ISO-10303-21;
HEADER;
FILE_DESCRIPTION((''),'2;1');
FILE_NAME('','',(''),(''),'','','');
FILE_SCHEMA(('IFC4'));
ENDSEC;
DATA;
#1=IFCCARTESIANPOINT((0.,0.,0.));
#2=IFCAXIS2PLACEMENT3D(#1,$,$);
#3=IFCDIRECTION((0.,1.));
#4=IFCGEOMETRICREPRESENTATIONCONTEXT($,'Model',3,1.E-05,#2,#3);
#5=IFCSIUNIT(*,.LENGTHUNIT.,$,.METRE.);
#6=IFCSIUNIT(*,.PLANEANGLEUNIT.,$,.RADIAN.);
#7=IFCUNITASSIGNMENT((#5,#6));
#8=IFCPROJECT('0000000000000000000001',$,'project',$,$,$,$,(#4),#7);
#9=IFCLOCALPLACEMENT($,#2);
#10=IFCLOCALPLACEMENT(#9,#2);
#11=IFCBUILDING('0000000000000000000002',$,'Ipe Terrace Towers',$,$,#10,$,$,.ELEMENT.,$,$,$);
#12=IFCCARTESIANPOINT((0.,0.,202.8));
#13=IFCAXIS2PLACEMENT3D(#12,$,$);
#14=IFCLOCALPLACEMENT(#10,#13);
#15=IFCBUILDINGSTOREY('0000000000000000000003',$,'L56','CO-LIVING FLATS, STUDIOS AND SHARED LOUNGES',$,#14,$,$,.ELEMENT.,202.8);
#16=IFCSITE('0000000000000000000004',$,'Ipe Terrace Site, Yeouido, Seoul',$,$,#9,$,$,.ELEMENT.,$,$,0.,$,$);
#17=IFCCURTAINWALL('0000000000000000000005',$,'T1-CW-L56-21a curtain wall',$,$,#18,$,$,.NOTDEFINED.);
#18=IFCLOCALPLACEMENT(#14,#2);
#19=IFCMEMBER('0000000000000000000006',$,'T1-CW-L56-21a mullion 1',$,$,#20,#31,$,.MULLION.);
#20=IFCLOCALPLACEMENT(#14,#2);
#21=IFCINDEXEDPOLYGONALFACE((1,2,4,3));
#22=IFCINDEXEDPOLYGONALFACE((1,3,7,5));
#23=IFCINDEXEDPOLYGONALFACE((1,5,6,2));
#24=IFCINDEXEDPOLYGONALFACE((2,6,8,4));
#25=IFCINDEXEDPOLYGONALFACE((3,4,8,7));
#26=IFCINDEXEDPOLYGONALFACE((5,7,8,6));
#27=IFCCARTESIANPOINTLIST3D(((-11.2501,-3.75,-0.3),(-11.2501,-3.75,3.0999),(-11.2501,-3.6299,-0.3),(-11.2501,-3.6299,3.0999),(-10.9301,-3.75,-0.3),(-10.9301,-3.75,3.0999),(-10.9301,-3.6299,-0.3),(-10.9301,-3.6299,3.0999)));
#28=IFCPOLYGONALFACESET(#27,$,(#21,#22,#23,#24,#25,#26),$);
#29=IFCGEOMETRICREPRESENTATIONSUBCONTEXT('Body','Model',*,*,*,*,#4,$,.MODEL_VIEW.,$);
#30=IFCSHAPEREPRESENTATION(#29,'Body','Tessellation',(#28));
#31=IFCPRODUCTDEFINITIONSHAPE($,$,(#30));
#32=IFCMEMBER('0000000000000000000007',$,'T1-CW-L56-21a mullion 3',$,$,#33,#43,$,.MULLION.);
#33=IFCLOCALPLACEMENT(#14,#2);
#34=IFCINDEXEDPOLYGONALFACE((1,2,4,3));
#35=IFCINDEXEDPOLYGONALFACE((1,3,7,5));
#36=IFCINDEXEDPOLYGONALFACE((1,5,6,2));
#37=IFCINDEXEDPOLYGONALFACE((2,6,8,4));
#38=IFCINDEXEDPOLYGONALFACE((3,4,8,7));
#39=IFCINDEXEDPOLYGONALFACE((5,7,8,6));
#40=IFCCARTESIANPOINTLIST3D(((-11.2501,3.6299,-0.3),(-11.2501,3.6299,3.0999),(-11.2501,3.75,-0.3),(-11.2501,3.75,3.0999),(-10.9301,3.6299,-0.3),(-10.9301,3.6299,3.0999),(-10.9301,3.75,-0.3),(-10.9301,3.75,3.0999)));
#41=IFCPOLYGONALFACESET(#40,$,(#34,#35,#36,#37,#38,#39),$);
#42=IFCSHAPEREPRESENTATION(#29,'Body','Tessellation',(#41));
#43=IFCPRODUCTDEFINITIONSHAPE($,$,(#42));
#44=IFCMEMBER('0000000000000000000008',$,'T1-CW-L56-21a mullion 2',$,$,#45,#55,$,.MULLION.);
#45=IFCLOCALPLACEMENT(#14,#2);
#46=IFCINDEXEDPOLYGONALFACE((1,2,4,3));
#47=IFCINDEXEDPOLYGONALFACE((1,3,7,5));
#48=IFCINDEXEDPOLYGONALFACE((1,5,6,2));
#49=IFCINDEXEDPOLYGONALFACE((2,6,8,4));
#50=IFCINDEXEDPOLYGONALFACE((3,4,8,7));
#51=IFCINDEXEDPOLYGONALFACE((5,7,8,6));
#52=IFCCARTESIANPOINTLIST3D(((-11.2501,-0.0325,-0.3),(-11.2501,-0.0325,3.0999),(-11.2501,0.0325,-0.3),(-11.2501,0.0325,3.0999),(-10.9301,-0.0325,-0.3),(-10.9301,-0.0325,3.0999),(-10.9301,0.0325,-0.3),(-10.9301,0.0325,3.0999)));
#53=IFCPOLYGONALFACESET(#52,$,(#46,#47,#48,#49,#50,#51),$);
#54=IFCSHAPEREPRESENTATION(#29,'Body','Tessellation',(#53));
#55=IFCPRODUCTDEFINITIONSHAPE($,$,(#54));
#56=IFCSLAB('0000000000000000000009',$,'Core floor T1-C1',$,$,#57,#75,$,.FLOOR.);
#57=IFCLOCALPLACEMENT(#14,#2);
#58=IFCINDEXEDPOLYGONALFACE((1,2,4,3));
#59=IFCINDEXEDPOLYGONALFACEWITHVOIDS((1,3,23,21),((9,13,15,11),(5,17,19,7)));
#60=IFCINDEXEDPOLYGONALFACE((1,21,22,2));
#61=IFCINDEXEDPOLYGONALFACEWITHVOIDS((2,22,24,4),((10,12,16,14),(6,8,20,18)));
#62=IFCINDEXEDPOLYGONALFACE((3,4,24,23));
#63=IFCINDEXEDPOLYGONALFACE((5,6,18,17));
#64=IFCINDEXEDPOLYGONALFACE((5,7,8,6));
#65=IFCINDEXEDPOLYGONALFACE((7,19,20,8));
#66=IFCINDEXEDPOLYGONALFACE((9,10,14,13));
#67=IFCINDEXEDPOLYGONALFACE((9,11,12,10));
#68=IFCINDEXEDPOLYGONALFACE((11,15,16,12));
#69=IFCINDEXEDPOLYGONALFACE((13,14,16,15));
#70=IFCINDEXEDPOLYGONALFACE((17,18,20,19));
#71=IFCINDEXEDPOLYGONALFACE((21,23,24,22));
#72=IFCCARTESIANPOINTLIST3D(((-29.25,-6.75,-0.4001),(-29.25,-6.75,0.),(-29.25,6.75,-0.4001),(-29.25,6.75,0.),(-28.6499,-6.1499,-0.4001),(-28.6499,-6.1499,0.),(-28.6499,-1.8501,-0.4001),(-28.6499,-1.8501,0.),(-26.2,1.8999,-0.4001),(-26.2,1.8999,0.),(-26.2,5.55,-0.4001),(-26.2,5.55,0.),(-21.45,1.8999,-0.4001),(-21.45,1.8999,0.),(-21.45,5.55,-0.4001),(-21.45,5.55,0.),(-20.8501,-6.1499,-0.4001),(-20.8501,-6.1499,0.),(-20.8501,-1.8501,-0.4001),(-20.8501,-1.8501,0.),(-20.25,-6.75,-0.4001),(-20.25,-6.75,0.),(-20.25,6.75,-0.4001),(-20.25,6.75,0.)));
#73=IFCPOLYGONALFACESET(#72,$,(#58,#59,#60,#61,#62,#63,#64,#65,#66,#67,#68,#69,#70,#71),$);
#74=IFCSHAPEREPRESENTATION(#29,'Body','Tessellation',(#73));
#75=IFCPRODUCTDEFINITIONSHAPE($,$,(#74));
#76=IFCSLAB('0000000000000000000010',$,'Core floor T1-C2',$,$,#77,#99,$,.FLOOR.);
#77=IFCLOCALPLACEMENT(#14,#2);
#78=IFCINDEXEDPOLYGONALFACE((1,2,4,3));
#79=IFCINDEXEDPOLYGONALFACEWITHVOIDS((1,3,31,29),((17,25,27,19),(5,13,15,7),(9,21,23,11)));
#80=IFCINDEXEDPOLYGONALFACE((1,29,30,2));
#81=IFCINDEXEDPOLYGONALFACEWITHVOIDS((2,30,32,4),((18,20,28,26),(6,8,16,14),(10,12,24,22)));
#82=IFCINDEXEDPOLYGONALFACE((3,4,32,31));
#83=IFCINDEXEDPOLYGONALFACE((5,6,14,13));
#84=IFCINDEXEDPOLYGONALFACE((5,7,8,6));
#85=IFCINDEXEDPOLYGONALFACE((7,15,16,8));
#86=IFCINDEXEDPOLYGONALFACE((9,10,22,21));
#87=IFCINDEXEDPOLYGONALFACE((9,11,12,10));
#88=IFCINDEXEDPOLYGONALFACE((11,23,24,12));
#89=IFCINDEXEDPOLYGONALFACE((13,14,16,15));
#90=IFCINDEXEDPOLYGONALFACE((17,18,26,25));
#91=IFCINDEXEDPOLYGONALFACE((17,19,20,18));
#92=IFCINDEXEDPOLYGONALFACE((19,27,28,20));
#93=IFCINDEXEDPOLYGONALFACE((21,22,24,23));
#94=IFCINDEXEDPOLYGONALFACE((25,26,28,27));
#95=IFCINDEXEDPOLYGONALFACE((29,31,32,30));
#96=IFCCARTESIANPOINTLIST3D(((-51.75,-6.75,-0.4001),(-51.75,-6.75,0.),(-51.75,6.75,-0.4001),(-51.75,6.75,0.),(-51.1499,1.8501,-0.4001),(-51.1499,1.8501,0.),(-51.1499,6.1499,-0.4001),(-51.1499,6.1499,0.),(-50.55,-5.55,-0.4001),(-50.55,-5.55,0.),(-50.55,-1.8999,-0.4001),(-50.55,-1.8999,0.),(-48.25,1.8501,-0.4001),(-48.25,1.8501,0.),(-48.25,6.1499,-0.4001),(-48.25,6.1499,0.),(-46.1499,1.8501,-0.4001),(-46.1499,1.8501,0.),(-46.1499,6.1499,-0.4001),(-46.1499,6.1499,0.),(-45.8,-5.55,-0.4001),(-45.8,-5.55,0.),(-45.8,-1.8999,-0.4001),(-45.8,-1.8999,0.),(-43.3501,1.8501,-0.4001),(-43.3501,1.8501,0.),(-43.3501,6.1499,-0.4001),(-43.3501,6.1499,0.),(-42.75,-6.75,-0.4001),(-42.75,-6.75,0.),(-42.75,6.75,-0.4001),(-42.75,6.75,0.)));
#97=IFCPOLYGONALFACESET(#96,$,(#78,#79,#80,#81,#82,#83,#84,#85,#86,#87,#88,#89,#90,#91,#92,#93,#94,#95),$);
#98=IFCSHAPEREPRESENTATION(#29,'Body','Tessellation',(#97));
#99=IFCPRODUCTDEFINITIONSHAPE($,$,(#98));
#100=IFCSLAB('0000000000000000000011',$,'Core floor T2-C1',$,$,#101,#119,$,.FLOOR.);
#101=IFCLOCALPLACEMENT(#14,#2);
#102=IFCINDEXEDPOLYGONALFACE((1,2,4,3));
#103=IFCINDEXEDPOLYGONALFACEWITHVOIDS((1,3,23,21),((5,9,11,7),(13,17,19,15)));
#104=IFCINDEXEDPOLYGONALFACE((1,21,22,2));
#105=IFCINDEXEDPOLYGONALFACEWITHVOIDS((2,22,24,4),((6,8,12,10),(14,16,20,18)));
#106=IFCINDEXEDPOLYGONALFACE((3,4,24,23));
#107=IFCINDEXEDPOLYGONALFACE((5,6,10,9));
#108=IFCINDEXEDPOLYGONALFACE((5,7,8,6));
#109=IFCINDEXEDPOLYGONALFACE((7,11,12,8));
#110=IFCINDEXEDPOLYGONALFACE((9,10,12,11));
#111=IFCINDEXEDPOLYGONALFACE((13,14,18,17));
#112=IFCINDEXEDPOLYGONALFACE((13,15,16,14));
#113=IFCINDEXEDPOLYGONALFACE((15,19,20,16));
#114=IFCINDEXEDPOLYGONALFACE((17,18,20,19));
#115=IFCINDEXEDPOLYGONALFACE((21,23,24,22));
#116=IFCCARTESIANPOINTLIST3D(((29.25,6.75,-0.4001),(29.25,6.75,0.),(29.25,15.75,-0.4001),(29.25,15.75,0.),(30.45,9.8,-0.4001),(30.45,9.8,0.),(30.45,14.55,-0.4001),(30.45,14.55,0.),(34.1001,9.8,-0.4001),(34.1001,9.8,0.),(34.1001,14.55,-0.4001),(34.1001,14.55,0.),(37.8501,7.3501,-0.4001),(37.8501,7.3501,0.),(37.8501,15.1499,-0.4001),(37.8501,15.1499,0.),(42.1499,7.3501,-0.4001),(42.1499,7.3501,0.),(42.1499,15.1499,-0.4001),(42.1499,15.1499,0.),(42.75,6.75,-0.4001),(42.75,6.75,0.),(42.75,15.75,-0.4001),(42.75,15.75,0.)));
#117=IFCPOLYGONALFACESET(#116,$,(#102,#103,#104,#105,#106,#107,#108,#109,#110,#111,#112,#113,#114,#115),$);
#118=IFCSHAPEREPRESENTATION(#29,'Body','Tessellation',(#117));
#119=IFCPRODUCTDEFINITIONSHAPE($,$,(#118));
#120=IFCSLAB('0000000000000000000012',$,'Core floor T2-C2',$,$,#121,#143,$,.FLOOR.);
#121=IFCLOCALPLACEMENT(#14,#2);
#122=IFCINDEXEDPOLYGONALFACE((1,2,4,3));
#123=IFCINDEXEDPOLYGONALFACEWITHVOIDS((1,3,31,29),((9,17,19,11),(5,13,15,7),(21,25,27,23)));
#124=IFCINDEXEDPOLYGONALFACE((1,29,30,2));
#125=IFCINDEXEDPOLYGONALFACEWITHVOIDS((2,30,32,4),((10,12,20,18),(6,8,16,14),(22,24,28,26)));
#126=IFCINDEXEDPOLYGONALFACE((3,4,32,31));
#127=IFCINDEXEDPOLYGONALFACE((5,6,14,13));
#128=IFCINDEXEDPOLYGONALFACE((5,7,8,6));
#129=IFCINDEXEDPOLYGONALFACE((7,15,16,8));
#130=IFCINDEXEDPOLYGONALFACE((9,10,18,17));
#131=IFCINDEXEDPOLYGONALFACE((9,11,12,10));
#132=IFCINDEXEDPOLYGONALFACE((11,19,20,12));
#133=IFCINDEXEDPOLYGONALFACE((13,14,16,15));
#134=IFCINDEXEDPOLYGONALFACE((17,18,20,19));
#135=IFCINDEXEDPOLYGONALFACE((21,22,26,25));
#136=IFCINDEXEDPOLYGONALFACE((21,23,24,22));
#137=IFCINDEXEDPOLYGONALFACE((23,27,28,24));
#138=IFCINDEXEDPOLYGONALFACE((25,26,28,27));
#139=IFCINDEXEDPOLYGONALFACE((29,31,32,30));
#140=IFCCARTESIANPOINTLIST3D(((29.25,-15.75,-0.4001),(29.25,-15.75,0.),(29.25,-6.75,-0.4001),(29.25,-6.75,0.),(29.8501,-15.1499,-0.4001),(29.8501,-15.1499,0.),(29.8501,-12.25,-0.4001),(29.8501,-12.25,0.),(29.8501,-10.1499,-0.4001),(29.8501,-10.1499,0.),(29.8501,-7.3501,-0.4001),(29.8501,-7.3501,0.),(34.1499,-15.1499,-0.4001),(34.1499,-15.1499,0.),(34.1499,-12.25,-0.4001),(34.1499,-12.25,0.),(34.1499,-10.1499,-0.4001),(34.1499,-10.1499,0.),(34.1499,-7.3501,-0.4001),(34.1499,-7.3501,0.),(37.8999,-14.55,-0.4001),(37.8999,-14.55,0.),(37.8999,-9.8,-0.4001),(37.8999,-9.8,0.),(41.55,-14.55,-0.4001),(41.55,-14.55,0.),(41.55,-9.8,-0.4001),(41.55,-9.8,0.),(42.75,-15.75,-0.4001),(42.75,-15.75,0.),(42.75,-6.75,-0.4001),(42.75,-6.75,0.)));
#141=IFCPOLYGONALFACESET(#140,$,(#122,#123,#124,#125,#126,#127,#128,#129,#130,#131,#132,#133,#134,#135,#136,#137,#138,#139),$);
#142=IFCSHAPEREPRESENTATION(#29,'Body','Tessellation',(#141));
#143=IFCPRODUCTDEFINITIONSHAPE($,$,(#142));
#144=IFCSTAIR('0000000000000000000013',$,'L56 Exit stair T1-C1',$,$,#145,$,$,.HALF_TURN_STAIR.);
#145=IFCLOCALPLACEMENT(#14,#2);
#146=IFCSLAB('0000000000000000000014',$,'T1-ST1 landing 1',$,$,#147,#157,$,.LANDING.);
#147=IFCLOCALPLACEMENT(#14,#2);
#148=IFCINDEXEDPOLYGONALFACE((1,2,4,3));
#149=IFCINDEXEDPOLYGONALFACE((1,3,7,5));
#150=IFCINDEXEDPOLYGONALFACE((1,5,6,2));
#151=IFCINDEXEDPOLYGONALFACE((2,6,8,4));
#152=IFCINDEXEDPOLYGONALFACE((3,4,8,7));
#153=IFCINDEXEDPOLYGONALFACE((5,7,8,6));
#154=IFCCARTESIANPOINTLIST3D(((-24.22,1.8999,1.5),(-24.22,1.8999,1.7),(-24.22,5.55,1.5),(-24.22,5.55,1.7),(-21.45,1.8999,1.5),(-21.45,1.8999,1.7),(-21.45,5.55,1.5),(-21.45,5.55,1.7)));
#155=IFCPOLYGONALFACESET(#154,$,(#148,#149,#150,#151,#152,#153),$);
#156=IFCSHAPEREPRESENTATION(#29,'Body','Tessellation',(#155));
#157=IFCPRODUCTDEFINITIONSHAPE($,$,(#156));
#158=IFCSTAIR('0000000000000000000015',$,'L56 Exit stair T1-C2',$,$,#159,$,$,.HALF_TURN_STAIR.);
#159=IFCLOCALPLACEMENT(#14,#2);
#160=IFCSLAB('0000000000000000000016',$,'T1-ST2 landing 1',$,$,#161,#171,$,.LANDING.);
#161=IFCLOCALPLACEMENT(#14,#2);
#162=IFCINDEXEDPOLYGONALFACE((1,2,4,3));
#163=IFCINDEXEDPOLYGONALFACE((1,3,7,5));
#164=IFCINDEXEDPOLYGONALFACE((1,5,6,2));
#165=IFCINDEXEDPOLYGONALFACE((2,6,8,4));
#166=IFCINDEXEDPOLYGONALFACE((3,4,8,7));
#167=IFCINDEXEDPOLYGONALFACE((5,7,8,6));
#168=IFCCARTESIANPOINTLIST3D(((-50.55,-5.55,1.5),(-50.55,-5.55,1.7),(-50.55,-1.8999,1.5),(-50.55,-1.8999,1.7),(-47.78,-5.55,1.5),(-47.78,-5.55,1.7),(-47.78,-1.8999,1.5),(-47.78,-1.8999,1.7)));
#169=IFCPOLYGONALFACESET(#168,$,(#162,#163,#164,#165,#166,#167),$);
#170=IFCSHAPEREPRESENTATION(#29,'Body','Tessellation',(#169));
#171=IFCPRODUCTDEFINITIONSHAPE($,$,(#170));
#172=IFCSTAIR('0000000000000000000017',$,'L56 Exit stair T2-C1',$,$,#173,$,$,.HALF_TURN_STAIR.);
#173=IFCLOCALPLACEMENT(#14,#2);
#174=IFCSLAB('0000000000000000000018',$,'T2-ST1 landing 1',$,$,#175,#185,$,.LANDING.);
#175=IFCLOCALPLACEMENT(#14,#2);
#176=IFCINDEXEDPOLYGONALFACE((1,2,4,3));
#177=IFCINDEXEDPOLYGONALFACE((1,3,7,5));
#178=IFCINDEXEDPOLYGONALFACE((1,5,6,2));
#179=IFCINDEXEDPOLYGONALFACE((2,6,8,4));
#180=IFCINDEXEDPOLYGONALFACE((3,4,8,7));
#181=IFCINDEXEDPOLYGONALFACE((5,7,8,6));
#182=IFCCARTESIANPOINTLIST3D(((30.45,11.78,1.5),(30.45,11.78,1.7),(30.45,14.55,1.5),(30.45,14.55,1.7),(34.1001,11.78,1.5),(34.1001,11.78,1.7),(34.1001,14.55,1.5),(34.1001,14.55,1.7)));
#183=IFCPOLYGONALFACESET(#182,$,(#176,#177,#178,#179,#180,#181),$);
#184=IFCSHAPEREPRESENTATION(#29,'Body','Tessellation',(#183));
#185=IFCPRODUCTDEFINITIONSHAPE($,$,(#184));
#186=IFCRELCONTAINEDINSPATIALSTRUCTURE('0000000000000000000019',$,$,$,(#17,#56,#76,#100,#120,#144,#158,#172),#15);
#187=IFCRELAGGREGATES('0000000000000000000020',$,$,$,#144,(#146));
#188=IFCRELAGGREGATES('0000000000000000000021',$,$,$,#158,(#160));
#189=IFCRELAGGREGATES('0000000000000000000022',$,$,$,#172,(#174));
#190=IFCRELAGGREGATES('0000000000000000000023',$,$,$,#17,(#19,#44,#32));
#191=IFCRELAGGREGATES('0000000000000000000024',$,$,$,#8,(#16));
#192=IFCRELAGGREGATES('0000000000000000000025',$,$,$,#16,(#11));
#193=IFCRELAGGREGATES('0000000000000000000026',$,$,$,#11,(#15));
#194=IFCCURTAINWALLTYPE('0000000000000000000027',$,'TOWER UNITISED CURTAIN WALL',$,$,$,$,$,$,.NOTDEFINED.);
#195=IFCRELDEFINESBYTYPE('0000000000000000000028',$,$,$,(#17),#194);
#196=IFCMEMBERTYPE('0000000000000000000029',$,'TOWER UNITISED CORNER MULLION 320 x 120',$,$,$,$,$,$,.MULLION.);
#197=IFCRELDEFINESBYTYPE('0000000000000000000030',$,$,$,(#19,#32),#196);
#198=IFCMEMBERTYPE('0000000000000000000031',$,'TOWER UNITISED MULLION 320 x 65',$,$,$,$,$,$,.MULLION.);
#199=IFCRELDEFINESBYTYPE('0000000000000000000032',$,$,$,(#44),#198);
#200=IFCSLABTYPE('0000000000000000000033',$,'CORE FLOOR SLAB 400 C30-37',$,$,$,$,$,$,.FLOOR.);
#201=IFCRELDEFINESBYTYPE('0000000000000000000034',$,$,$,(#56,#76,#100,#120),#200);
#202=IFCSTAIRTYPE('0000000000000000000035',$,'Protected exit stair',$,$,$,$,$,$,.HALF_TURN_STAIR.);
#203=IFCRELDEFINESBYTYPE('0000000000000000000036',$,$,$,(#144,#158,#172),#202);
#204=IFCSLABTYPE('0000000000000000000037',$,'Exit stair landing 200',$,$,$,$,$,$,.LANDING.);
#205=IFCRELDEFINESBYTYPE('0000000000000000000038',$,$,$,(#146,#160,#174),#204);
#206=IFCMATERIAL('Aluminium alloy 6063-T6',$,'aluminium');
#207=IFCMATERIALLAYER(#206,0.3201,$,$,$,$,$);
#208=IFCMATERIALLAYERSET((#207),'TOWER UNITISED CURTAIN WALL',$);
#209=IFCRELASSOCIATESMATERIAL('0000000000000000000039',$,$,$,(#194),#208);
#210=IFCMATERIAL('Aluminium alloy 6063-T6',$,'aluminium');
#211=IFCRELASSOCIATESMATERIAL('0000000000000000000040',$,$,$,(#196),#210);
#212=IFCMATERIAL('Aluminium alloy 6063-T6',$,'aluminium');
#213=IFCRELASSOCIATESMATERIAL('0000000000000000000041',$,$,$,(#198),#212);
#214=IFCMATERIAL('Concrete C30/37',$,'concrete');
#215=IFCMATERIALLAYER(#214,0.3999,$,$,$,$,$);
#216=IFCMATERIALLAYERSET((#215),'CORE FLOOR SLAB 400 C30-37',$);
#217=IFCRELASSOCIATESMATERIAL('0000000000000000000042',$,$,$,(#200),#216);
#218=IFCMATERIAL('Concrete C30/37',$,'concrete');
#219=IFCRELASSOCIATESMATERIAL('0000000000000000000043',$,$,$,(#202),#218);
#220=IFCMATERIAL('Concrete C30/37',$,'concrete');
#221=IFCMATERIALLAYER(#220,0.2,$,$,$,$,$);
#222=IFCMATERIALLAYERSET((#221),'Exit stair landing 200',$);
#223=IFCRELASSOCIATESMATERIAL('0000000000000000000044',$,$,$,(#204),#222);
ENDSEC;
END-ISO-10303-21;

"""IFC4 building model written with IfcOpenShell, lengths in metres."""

from ifc_helpers import new_model, si_unit, direction, frame, origin, origin_2d, place, context, subcontext, project, spatial, polyline, rectangle, outline, extrude, material, layer, layer_set, material_profile, profile_set, type_object, element, aggregate, save


model = new_model("IFC4")

# Units and contexts
model_context = context("Model", 3, precision=1e-05, world=origin(), true_north=direction((0.0, 1.0)))
body_context = subcontext(model_context, "Body", "Model", "MODEL_VIEW")
ifc_project = project(units=[si_unit("LENGTHUNIT", "METRE"), si_unit("PLANEANGLEUNIT", "RADIAN")], contexts=[model_context])

# Site, building, storey
site_placement = place(None, origin())
site = spatial("IfcSite", under=ifc_project, at=site_placement, Name="Ipe Terrace Site, Yeouido, Seoul", CompositionType="ELEMENT", RefElevation=0.0)
building_placement = place(site_placement, origin())
building = spatial("IfcBuilding", under=site, at=building_placement, Name="Ipe Terrace Towers", CompositionType="ELEMENT")
storey_placement = place(building_placement, frame((0.0, 0.0, 202.8)))
storey = spatial("IfcBuildingStorey", under=building, at=storey_placement, Name="L56", Description="CO-LIVING FLATS, STUDIOS AND SHARED LOUNGES", CompositionType="ELEMENT", Elevation=202.8)

# Curtain wall, members
ifc_material_1 = material(Name="Aluminium alloy 6063-T6", Category="aluminium")
ifc_layer_1 = layer(ifc_material_1, 0.3201)
ifc_layer_set_1 = layer_set([ifc_layer_1], Name="TOWER UNITISED CURTAIN WALL")
curtain_wall_type = type_object("IfcCurtainWallType", Name="TOWER UNITISED CURTAIN WALL", PredefinedType="NOTDEFINED", material=ifc_layer_set_1)
curtain_wall_placement = place(storey_placement, origin())
curtain_wall = element("IfcCurtainWall", 1, at=curtain_wall_placement, inside=storey, type_object=curtain_wall_type, Name="T1-CW-L56-21a curtain wall", PredefinedType="NOTDEFINED")
ifc_material_2 = material(Name="Aluminium alloy 6063-T6", Category="aluminium")
ifc_material_profile_1 = material_profile(ifc_material_2, rectangle(XDim=0.3201, YDim=0.1201, at=origin_2d()), Name="TOWER UNITISED CORNER MULLION 320 x 120")
ifc_profile_set_1 = profile_set([ifc_material_profile_1], Name="Aluminium alloy 6063-T6")
member_type_1 = type_object("IfcMemberType", Name="TOWER UNITISED CORNER MULLION 320 x 120", PredefinedType="MULLION", material=ifc_profile_set_1)
member_1_placement = place(storey_placement, frame((-11.0901, -3.6899, -0.3), z_axis=(0.0, 0.0, 1.0), x_axis=(1.0, 0.0, 0.0)))
member_1 = element("IfcMember", 2, at=member_1_placement, type_object=member_type_1, Name="T1-CW-L56-21a mullion 1", PredefinedType="MULLION", context=body_context, shape_type="SweptSolid", body=[
    extrude(rectangle(XDim=0.3201, YDim=0.1201, at=origin_2d()), origin(), (0.0, 0.0, 1.0), 3.3999),
])
member_2_placement = place(storey_placement, frame((-11.0901, 3.6899, -0.3), z_axis=(0.0, 0.0, 1.0), x_axis=(1.0, 0.0, 0.0)))
member_2 = element("IfcMember", 3, at=member_2_placement, type_object=member_type_1, Name="T1-CW-L56-21a mullion 3", PredefinedType="MULLION", context=body_context, shape_type="SweptSolid", body=[
    extrude(rectangle(XDim=0.3201, YDim=0.1201, at=origin_2d()), origin(), (0.0, 0.0, 1.0), 3.3999),
])
ifc_material_3 = material(Name="Aluminium alloy 6063-T6", Category="aluminium")
ifc_material_profile_2 = material_profile(ifc_material_3, rectangle(XDim=0.3201, YDim=0.0649, at=origin_2d()), Name="TOWER UNITISED MULLION 320 x 65")
ifc_profile_set_2 = profile_set([ifc_material_profile_2], Name="Aluminium alloy 6063-T6")
member_type_2 = type_object("IfcMemberType", Name="TOWER UNITISED MULLION 320 x 65", PredefinedType="MULLION", material=ifc_profile_set_2)
member_3_placement = place(storey_placement, frame((-11.0901, 0.0, -0.3), z_axis=(0.0, 0.0, 1.0), x_axis=(1.0, 0.0, 0.0)))
member_3 = element("IfcMember", 4, at=member_3_placement, type_object=member_type_2, Name="T1-CW-L56-21a mullion 2", PredefinedType="MULLION", context=body_context, shape_type="SweptSolid", body=[
    extrude(rectangle(XDim=0.3201, YDim=0.0649, at=origin_2d()), origin(), (0.0, 0.0, 1.0), 3.3999),
])

# Slabs
ifc_material_4 = material(Name="Concrete C30/37", Category="concrete")
ifc_layer_2 = layer(ifc_material_4, 0.3999)
ifc_layer_set_2 = layer_set([ifc_layer_2], Name="CORE FLOOR SLAB 400 C30-37")
slab_type_1 = type_object("IfcSlabType", Name="CORE FLOOR SLAB 400 C30-37", PredefinedType="FLOOR", material=ifc_layer_set_2)
slab_1_placement = place(storey_placement, frame((0.0, 0.0, -0.4001)))
element("IfcSlab", 5, at=slab_1_placement, inside=storey, type_object=slab_type_1, Name="Core floor T1-C1", PredefinedType="FLOOR", context=body_context, shape_type="SweptSolid", body=[
    extrude(outline(polyline([(-29.25, -6.75), (-29.25, 6.75), (-20.25, 6.75), (-20.25, -6.75), (-29.25, -6.75)]), holes=[polyline([(-28.6499, -6.1499), (-20.8501, -6.1499), (-20.8501, -1.8501), (-28.6499, -1.8501), (-28.6499, -6.1499)]), polyline([(-26.2, 5.55), (-26.2, 1.8999), (-21.45, 1.8999), (-21.45, 5.55), (-26.2, 5.55)])]), origin(), (0.0, 0.0, 1.0), 0.4001),
])
slab_2_placement = place(storey_placement, frame((0.0, 0.0, -0.4001)))
element("IfcSlab", 6, at=slab_2_placement, inside=storey, type_object=slab_type_1, Name="Core floor T1-C2", PredefinedType="FLOOR", context=body_context, shape_type="SweptSolid", body=[
    extrude(outline(polyline([(-51.75, -6.75), (-51.75, 6.75), (-42.75, 6.75), (-42.75, -6.75), (-51.75, -6.75)]), holes=[polyline([(-45.8, -1.8999), (-50.55, -1.8999), (-50.55, -5.55), (-45.8, -5.55), (-45.8, -1.8999)]), polyline([(-48.25, 1.8501), (-48.25, 6.1499), (-51.1499, 6.1499), (-51.1499, 1.8501), (-48.25, 1.8501)]), polyline([(-43.3501, 1.8501), (-43.3501, 6.1499), (-46.1499, 6.1499), (-46.1499, 1.8501), (-43.3501, 1.8501)])]), origin(), (0.0, 0.0, 1.0), 0.4001),
])
slab_3_placement = place(storey_placement, frame((0.0, 0.0, -0.4001)))
element("IfcSlab", 7, at=slab_3_placement, inside=storey, type_object=slab_type_1, Name="Core floor T2-C1", PredefinedType="FLOOR", context=body_context, shape_type="SweptSolid", body=[
    extrude(outline(polyline([(29.25, 6.75), (29.25, 15.75), (42.75, 15.75), (42.75, 6.75), (29.25, 6.75)]), holes=[polyline([(42.1499, 7.3501), (42.1499, 15.1499), (37.8501, 15.1499), (37.8501, 7.3501), (42.1499, 7.3501)]), polyline([(30.45, 9.8), (34.1001, 9.8), (34.1001, 14.55), (30.45, 14.55), (30.45, 9.8)])]), origin(), (0.0, 0.0, 1.0), 0.4001),
])
slab_4_placement = place(storey_placement, frame((0.0, 0.0, -0.4001)))
element("IfcSlab", 8, at=slab_4_placement, inside=storey, type_object=slab_type_1, Name="Core floor T2-C2", PredefinedType="FLOOR", context=body_context, shape_type="SweptSolid", body=[
    extrude(outline(polyline([(29.25, -15.75), (29.25, -6.75), (42.75, -6.75), (42.75, -15.75), (29.25, -15.75)]), holes=[polyline([(29.8501, -12.25), (29.8501, -15.1499), (34.1499, -15.1499), (34.1499, -12.25), (29.8501, -12.25)]), polyline([(41.55, -9.8), (37.8999, -9.8), (37.8999, -14.55), (41.55, -14.55), (41.55, -9.8)]), polyline([(34.1499, -7.3501), (29.8501, -7.3501), (29.8501, -10.1499), (34.1499, -10.1499), (34.1499, -7.3501)])]), origin(), (0.0, 0.0, 1.0), 0.4001),
])

# Stairs, slabs
ifc_material_5 = material(Name="Concrete C30/37", Category="concrete")
stair_type = type_object("IfcStairType", Name="Protected exit stair", PredefinedType="HALF_TURN_STAIR", material=ifc_material_5)
stair_1_placement = place(storey_placement, origin())
stair_1 = element("IfcStair", 9, at=stair_1_placement, inside=storey, type_object=stair_type, Name="L56 Exit stair T1-C1", PredefinedType="HALF_TURN_STAIR")
ifc_material_6 = material(Name="Concrete C30/37", Category="concrete")
ifc_layer_3 = layer(ifc_material_6, 0.2)
ifc_layer_set_3 = layer_set([ifc_layer_3], Name="Exit stair landing 200")
slab_type_2 = type_object("IfcSlabType", Name="Exit stair landing 200", PredefinedType="LANDING", material=ifc_layer_set_3)
slab_5_placement = place(storey_placement, frame((0.0, 0.0, 1.5)))
slab_5 = element("IfcSlab", 10, at=slab_5_placement, type_object=slab_type_2, Name="T1-ST1 landing 1", PredefinedType="LANDING", context=body_context, shape_type="SweptSolid", body=[
    extrude(outline(polyline([(-24.22, 1.8999), (-21.45, 1.8999), (-21.45, 5.55), (-24.22, 5.55), (-24.22, 1.8999)])), origin(), (0.0, 0.0, 1.0), 0.2),
])
aggregate(stair_1, [slab_5])
stair_2_placement = place(storey_placement, origin())
stair_2 = element("IfcStair", 11, at=stair_2_placement, inside=storey, type_object=stair_type, Name="L56 Exit stair T1-C2", PredefinedType="HALF_TURN_STAIR")
slab_6_placement = place(storey_placement, frame((0.0, 0.0, 1.5)))
slab_6 = element("IfcSlab", 12, at=slab_6_placement, type_object=slab_type_2, Name="T1-ST2 landing 1", PredefinedType="LANDING", context=body_context, shape_type="SweptSolid", body=[
    extrude(outline(polyline([(-47.78, -1.8999), (-50.55, -1.8999), (-50.55, -5.55), (-47.78, -5.55), (-47.78, -1.8999)])), origin(), (0.0, 0.0, 1.0), 0.2),
])
aggregate(stair_2, [slab_6])
stair_3_placement = place(storey_placement, origin())
stair_3 = element("IfcStair", 13, at=stair_3_placement, inside=storey, type_object=stair_type, Name="L56 Exit stair T2-C1", PredefinedType="HALF_TURN_STAIR")
slab_7_placement = place(storey_placement, frame((0.0, 0.0, 1.5)))
slab_7 = element("IfcSlab", 14, at=slab_7_placement, type_object=slab_type_2, Name="T2-ST1 landing 1", PredefinedType="LANDING", context=body_context, shape_type="SweptSolid", body=[
    extrude(outline(polyline([(34.1001, 11.78), (34.1001, 14.55), (30.45, 14.55), (30.45, 11.78), (34.1001, 11.78)])), origin(), (0.0, 0.0, 1.0), 0.2),
])
aggregate(stair_3, [slab_7])

aggregate(curtain_wall, [member_1, member_3, member_2])

save(model, "model.ifc")
